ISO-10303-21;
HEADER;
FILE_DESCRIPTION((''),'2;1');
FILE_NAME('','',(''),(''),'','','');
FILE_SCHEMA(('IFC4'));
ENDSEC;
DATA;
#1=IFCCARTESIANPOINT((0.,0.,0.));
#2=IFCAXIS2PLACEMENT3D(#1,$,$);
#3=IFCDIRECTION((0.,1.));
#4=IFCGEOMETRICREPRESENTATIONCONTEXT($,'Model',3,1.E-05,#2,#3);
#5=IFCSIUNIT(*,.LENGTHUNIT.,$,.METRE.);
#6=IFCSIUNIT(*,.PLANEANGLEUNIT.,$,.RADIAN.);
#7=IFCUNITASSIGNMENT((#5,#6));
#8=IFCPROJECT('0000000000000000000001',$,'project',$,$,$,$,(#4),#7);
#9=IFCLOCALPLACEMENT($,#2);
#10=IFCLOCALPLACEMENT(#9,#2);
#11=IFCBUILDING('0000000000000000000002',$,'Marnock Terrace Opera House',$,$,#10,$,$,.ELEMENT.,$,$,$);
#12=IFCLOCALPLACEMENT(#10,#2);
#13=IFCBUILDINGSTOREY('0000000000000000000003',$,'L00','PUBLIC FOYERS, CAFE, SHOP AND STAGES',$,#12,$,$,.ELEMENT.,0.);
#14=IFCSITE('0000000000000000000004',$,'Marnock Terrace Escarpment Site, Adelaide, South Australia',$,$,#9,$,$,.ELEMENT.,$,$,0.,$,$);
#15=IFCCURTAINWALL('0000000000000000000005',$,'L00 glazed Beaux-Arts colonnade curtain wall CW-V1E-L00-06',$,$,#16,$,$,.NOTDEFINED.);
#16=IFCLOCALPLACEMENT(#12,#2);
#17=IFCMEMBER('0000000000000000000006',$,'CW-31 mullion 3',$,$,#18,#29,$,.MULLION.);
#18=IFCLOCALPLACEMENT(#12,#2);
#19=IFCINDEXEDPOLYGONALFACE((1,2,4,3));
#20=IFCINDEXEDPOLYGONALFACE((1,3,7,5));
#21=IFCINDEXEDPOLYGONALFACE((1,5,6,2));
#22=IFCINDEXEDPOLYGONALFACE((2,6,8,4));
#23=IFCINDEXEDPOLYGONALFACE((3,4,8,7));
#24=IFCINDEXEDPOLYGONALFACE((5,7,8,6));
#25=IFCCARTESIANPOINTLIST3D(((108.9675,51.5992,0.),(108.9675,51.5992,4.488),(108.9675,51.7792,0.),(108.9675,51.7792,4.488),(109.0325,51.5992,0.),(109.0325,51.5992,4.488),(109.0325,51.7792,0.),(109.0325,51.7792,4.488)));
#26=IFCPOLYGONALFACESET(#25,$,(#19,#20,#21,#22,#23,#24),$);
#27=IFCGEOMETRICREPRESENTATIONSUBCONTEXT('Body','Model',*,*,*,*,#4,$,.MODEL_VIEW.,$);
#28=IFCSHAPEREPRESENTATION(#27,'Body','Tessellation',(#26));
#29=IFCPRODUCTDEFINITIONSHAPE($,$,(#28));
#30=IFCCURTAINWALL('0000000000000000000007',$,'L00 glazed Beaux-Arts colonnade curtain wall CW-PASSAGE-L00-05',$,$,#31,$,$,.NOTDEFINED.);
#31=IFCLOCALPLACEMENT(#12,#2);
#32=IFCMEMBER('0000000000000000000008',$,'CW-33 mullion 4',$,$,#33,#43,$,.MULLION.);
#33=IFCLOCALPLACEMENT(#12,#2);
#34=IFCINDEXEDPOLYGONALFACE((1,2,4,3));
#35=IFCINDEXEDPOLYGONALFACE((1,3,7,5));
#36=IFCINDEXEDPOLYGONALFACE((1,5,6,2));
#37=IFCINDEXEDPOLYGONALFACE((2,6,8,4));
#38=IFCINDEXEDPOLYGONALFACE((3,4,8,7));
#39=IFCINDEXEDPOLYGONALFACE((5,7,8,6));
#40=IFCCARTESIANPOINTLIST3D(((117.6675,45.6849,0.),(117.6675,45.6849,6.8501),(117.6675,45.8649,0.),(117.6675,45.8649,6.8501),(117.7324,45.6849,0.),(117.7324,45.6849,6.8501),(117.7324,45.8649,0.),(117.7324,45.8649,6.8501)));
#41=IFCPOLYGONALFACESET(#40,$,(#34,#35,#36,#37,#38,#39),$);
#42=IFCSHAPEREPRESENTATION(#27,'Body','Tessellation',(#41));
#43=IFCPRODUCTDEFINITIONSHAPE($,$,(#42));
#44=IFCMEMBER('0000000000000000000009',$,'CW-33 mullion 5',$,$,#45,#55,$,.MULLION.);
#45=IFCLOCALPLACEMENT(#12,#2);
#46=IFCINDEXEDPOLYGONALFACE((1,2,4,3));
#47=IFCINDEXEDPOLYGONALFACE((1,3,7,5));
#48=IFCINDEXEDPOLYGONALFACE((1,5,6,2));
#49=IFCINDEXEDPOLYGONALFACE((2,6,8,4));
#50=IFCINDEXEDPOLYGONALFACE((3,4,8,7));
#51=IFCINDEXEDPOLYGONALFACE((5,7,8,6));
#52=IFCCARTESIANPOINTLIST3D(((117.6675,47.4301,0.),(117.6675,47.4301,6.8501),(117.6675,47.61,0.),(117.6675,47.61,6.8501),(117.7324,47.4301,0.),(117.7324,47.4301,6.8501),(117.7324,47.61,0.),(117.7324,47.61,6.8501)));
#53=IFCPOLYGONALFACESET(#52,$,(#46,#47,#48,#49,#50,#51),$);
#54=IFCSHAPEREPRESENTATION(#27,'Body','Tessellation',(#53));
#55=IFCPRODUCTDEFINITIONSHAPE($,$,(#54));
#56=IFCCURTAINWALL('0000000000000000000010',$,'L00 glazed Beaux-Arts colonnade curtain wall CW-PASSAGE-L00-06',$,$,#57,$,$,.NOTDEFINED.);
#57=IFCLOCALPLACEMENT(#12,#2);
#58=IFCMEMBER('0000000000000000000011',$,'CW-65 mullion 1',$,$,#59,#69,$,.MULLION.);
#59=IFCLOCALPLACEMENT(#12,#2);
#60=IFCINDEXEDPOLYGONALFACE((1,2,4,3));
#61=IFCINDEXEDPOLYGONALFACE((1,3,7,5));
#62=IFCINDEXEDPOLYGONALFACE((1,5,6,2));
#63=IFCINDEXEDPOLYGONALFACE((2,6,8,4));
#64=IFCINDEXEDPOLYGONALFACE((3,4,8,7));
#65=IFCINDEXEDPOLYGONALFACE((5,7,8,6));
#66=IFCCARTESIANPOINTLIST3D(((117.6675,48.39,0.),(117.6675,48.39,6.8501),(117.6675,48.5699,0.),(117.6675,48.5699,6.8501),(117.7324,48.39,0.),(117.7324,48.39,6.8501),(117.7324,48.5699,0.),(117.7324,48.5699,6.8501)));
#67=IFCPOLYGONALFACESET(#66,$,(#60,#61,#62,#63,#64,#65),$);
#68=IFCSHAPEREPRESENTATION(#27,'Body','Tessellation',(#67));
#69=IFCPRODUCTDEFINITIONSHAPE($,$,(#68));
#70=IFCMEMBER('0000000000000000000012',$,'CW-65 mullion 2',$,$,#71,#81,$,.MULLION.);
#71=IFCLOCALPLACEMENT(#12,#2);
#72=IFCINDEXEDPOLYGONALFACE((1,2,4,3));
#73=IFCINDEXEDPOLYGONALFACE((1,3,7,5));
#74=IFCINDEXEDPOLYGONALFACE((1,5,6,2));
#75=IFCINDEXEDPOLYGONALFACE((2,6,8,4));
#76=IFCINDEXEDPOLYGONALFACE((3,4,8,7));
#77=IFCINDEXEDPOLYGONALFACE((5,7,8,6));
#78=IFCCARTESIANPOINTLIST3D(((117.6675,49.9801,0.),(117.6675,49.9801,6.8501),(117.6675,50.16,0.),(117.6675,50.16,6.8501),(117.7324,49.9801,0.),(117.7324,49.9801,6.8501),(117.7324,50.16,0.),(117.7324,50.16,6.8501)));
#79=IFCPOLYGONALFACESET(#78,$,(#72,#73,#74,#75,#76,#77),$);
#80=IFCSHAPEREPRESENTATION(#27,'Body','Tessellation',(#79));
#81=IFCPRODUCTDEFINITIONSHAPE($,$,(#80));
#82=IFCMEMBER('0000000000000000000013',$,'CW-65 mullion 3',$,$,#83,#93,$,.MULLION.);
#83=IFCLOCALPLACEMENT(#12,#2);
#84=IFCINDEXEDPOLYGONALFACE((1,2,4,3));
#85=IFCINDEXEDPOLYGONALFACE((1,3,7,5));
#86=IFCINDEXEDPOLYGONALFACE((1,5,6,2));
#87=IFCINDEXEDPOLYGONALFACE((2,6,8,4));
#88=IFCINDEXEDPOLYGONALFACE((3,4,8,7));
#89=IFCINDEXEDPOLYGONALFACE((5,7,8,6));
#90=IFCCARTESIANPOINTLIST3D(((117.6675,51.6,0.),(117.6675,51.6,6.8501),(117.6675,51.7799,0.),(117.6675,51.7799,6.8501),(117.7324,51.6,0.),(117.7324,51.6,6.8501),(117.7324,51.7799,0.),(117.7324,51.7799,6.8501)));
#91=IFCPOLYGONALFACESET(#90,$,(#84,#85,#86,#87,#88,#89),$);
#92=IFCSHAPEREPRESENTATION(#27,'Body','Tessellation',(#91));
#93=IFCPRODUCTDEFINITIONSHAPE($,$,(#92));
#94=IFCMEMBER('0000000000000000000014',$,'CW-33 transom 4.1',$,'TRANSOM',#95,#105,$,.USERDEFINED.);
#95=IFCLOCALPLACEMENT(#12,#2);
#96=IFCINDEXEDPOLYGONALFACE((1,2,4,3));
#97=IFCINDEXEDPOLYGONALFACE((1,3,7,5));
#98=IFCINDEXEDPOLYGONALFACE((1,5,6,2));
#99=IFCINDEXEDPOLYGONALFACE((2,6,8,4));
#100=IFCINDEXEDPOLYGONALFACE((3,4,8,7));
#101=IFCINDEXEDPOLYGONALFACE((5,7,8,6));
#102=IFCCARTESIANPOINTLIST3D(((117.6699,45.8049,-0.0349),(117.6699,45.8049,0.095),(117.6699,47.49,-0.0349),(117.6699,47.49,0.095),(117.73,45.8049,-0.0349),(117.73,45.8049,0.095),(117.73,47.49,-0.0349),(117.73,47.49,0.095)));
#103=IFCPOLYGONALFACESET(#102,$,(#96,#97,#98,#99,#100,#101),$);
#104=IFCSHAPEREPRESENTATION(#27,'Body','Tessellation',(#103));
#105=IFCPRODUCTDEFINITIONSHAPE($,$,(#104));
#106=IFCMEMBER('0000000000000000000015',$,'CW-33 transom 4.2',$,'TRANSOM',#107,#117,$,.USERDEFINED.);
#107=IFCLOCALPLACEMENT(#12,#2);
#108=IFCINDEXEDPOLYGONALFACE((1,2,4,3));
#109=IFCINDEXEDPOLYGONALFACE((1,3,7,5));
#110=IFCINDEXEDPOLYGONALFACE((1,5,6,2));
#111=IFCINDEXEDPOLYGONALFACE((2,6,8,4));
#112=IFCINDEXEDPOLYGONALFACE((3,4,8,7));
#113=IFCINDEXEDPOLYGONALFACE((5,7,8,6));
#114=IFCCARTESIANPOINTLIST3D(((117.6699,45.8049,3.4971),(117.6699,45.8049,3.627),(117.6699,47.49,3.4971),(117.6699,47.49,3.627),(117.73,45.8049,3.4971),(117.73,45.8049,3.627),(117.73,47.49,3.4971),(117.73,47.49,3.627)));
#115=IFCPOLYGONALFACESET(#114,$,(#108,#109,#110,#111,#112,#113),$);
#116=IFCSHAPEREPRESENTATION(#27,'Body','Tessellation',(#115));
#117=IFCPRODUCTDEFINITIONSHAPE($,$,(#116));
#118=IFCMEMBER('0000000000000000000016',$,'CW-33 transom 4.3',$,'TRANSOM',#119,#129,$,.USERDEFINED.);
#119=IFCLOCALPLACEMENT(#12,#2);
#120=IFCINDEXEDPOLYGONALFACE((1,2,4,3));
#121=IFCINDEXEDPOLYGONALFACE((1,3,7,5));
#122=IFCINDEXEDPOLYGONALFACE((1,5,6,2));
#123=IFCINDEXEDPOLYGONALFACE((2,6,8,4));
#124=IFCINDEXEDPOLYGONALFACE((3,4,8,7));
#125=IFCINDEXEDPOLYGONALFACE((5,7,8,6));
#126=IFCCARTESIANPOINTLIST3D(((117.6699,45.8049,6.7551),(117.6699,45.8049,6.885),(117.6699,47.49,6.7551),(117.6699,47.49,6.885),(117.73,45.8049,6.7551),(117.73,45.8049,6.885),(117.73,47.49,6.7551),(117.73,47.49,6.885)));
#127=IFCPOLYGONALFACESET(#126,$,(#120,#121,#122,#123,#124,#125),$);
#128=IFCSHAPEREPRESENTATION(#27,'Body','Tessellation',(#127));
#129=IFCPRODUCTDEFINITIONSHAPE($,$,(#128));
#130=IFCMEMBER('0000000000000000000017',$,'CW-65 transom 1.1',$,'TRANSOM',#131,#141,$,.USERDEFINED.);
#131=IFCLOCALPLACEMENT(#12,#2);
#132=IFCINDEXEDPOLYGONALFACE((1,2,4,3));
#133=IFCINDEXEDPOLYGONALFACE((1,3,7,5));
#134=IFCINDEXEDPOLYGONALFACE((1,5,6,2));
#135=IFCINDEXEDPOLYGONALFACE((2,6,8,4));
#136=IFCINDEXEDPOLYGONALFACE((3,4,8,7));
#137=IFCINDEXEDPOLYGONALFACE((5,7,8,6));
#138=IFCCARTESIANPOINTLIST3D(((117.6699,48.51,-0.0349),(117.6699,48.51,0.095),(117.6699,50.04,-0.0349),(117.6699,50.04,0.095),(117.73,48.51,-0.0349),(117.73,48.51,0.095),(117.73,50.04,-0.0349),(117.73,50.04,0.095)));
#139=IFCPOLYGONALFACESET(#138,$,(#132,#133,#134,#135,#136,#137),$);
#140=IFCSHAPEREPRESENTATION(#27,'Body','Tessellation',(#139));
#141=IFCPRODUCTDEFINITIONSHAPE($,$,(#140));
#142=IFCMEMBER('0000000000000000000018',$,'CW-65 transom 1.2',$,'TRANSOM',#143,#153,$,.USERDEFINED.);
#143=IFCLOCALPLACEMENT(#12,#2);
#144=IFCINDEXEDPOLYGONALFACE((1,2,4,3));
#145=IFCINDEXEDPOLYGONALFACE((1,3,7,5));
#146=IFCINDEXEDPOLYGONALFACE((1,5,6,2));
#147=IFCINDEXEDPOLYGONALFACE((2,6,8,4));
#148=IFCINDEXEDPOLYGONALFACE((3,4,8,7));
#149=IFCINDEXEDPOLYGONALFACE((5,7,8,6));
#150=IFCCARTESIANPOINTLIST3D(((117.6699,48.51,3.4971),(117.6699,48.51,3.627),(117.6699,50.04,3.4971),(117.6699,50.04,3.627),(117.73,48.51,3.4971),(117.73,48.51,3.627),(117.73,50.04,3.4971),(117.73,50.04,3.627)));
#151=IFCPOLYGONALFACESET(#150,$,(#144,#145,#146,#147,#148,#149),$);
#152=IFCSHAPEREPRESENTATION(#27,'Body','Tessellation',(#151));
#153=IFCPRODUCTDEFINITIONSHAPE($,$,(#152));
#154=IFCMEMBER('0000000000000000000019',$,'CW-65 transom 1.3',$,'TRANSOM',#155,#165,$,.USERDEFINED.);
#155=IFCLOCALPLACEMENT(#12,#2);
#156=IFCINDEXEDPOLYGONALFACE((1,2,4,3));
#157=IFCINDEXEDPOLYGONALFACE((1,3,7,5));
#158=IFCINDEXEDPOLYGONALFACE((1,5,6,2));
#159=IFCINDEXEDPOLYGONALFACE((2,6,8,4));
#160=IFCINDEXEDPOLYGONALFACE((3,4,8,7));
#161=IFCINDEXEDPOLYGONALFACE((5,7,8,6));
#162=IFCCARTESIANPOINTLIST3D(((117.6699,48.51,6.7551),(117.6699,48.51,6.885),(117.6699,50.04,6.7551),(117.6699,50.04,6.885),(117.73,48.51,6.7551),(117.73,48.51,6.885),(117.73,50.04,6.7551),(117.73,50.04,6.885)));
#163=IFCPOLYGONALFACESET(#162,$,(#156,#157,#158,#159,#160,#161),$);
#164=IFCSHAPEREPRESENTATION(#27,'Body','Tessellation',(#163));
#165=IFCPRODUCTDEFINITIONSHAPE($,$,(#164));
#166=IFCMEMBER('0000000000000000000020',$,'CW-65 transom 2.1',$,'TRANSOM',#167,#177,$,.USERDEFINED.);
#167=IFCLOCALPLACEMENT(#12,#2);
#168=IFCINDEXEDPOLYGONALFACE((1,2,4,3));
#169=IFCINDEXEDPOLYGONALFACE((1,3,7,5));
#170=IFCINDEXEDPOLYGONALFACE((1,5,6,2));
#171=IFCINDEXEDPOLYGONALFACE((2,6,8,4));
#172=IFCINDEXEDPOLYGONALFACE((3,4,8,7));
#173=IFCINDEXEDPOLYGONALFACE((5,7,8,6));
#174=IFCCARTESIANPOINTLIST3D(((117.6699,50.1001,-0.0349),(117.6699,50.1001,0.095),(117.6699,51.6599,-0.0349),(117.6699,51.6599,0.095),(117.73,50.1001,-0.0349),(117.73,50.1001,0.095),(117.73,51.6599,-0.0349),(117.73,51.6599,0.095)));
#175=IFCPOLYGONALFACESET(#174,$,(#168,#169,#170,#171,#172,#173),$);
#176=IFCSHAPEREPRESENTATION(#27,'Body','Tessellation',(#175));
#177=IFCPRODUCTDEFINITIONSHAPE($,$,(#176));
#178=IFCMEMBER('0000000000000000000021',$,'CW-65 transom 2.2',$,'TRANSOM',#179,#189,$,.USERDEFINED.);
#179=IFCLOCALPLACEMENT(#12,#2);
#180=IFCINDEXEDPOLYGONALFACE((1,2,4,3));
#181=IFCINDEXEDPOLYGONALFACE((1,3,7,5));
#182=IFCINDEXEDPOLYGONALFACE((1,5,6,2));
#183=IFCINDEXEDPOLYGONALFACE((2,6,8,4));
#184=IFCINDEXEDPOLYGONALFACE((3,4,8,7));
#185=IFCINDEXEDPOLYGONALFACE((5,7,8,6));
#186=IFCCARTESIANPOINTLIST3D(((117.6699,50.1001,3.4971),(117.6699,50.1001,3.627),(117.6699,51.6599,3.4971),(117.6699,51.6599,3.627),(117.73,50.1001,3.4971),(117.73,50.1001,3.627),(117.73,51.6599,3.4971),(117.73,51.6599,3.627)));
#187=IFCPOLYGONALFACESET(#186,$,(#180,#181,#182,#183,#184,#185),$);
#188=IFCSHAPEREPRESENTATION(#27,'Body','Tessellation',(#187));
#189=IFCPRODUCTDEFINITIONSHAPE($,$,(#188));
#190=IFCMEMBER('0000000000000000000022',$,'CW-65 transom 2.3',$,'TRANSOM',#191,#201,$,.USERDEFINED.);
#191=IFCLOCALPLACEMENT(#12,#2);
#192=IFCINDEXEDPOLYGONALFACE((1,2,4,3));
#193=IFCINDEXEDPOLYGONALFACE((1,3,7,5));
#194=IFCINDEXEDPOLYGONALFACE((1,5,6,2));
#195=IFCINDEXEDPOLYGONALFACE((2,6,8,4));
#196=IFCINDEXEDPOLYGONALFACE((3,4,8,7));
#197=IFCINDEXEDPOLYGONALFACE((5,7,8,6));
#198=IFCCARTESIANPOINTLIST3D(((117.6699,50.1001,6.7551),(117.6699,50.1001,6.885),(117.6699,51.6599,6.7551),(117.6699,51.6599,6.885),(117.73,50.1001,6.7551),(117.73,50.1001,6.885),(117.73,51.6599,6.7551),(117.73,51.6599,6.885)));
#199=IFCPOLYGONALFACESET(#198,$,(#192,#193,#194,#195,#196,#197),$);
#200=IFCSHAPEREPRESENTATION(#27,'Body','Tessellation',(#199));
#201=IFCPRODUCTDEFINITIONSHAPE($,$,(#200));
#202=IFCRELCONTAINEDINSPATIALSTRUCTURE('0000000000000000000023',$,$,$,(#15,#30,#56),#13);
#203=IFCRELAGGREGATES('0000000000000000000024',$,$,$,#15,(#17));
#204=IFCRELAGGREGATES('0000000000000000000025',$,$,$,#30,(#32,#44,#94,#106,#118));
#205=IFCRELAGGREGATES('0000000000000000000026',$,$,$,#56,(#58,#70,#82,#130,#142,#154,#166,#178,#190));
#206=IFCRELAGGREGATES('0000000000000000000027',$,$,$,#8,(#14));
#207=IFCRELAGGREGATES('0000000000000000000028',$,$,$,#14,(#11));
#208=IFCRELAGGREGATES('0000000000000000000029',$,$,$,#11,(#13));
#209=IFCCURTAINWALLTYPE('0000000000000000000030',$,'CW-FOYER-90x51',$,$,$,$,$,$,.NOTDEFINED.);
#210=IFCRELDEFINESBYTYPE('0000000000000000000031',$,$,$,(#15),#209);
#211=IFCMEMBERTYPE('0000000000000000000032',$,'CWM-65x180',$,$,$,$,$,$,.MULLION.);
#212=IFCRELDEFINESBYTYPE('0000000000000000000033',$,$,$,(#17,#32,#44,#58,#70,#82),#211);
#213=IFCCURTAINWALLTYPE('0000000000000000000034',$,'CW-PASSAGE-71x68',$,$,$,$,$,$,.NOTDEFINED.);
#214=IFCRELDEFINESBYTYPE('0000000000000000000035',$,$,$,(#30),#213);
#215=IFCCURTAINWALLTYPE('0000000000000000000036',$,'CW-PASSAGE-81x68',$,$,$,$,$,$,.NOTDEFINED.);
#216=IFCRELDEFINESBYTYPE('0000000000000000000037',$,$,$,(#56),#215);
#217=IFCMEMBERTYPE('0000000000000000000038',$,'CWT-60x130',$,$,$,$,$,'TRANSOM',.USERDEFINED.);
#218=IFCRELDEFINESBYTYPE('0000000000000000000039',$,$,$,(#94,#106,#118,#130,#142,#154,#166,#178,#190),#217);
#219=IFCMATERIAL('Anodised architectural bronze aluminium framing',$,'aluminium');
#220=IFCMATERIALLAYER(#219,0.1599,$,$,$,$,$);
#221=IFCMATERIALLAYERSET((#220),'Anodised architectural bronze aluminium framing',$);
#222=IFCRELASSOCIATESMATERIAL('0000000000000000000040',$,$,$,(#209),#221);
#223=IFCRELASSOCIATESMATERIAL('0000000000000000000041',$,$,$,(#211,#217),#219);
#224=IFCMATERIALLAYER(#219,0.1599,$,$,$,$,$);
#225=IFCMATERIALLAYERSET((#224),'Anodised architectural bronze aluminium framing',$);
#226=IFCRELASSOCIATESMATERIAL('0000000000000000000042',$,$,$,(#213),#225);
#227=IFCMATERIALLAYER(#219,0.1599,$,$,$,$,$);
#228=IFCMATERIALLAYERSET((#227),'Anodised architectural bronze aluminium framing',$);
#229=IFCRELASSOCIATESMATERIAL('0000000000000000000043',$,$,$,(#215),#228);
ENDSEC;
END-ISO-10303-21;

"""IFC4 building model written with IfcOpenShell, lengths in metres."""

from ifc_helpers import new_model, si_unit, direction, frame, origin, origin_2d, place, context, subcontext, project, spatial, rectangle, extrude, material, layer, layer_set, material_profile, profile_set, type_object, element, aggregate, save


model = new_model("IFC4")

# Units and contexts
model_context = context("Model", 3, precision=1e-05, world=origin(), true_north=direction((0.0, 1.0)))
body_context = subcontext(model_context, "Body", "Model", "MODEL_VIEW")
ifc_project = project(units=[si_unit("LENGTHUNIT", "METRE"), si_unit("PLANEANGLEUNIT", "RADIAN")], contexts=[model_context])

# Site, building, storey
site_placement = place(None, origin())
site = spatial("IfcSite", under=ifc_project, at=site_placement, Name="Marnock Terrace Escarpment Site, Adelaide, South Australia", CompositionType="ELEMENT", RefElevation=0.0)
building_placement = place(site_placement, origin())
building = spatial("IfcBuilding", under=site, at=building_placement, Name="Marnock Terrace Opera House", CompositionType="ELEMENT")
storey_placement = place(building_placement, origin())
storey = spatial("IfcBuildingStorey", under=building, at=storey_placement, Name="L00", Description="PUBLIC FOYERS, CAFE, SHOP AND STAGES", CompositionType="ELEMENT", Elevation=0.0)

# Curtain wall, member
ifc_material_1 = material(Name="Anodised architectural bronze aluminium framing", Category="aluminium")
ifc_layer_1 = layer(ifc_material_1, 0.1599)
ifc_layer_set_1 = layer_set([ifc_layer_1], Name="Anodised architectural bronze aluminium framing")
curtain_wall_type_1 = type_object("IfcCurtainWallType", Name="CW-FOYER-90x51", PredefinedType="NOTDEFINED", material=ifc_layer_set_1)
curtain_wall_1_placement = place(storey_placement, origin())
curtain_wall_1 = element("IfcCurtainWall", 1, at=curtain_wall_1_placement, inside=storey, type_object=curtain_wall_type_1, Name="L00 glazed Beaux-Arts colonnade curtain wall CW-V1E-L00-06", PredefinedType="NOTDEFINED")
ifc_material_profile_1 = material_profile(ifc_material_1, rectangle(XDim=0.0649, YDim=0.1799, at=origin_2d()))
ifc_profile_set_1 = profile_set([ifc_material_profile_1], Name="Anodised architectural bronze aluminium framing")
member_type_1 = type_object("IfcMemberType", Name="CWM-65x180", PredefinedType="MULLION", material=ifc_profile_set_1)
member_1_placement = place(storey_placement, frame((109.0, 51.6892, 0.0), z_axis=(0.0, 0.0, 1.0), x_axis=(-1.0, 0.0, 0.0)))
member_1 = element("IfcMember", 2, at=member_1_placement, type_object=member_type_1, Name="CW-31 mullion 3", PredefinedType="MULLION", context=body_context, shape_type="SweptSolid", body=[
    extrude(rectangle(XDim=0.0649, YDim=0.1799, at=origin_2d()), origin(), (0.0, 0.0, 1.0), 4.488),
])
aggregate(curtain_wall_1, [member_1])

# Curtain walls, members
ifc_layer_2 = layer(ifc_material_1, 0.1599)
ifc_layer_set_2 = layer_set([ifc_layer_2], Name="Anodised architectural bronze aluminium framing")
curtain_wall_type_2 = type_object("IfcCurtainWallType", Name="CW-PASSAGE-71x68", PredefinedType="NOTDEFINED", material=ifc_layer_set_2)
curtain_wall_2_placement = place(storey_placement, origin())
curtain_wall_2 = element("IfcCurtainWall", 3, at=curtain_wall_2_placement, inside=storey, type_object=curtain_wall_type_2, Name="L00 glazed Beaux-Arts colonnade curtain wall CW-PASSAGE-L00-05", PredefinedType="NOTDEFINED")
member_2_placement = place(storey_placement, frame((117.7, 45.7749, 0.0), z_axis=(0.0, 0.0, 1.0), x_axis=(-1.0, 0.0, 0.0)))
member_2 = element("IfcMember", 4, at=member_2_placement, type_object=member_type_1, Name="CW-33 mullion 4", PredefinedType="MULLION", context=body_context, shape_type="SweptSolid", body=[
    extrude(rectangle(XDim=0.0649, YDim=0.1799, at=origin_2d()), origin(), (0.0, 0.0, 1.0), 6.8501),
])
member_3_placement = place(storey_placement, frame((117.7, 47.52, 0.0), z_axis=(0.0, 0.0, 1.0), x_axis=(-1.0, 0.0, 0.0)))
member_3 = element("IfcMember", 5, at=member_3_placement, type_object=member_type_1, Name="CW-33 mullion 5", PredefinedType="MULLION", context=body_context, shape_type="SweptSolid", body=[
    extrude(rectangle(XDim=0.0649, YDim=0.1799, at=origin_2d()), origin(), (0.0, 0.0, 1.0), 6.8501),
])
ifc_layer_3 = layer(ifc_material_1, 0.1599)
ifc_layer_set_3 = layer_set([ifc_layer_3], Name="Anodised architectural bronze aluminium framing")
curtain_wall_type_3 = type_object("IfcCurtainWallType", Name="CW-PASSAGE-81x68", PredefinedType="NOTDEFINED", material=ifc_layer_set_3)
curtain_wall_3_placement = place(storey_placement, origin())
curtain_wall_3 = element("IfcCurtainWall", 6, at=curtain_wall_3_placement, inside=storey, type_object=curtain_wall_type_3, Name="L00 glazed Beaux-Arts colonnade curtain wall CW-PASSAGE-L00-06", PredefinedType="NOTDEFINED")
member_4_placement = place(storey_placement, frame((117.7, 48.48, 0.0), z_axis=(0.0, 0.0, 1.0), x_axis=(-1.0, 0.0, 0.0)))
member_4 = element("IfcMember", 7, at=member_4_placement, type_object=member_type_1, Name="CW-65 mullion 1", PredefinedType="MULLION", context=body_context, shape_type="SweptSolid", body=[
    extrude(rectangle(XDim=0.0649, YDim=0.1799, at=origin_2d()), origin(), (0.0, 0.0, 1.0), 6.8501),
])
member_5_placement = place(storey_placement, frame((117.7, 50.0701, 0.0), z_axis=(0.0, 0.0, 1.0), x_axis=(-1.0, 0.0, 0.0)))
member_5 = element("IfcMember", 8, at=member_5_placement, type_object=member_type_1, Name="CW-65 mullion 2", PredefinedType="MULLION", context=body_context, shape_type="SweptSolid", body=[
    extrude(rectangle(XDim=0.0649, YDim=0.1799, at=origin_2d()), origin(), (0.0, 0.0, 1.0), 6.8501),
])
member_6_placement = place(storey_placement, frame((117.7, 51.6899, 0.0), z_axis=(0.0, 0.0, 1.0), x_axis=(-1.0, 0.0, 0.0)))
member_6 = element("IfcMember", 9, at=member_6_placement, type_object=member_type_1, Name="CW-65 mullion 3", PredefinedType="MULLION", context=body_context, shape_type="SweptSolid", body=[
    extrude(rectangle(XDim=0.0649, YDim=0.1799, at=origin_2d()), origin(), (0.0, 0.0, 1.0), 6.8501),
])

# Members
ifc_material_profile_2 = material_profile(ifc_material_1, rectangle(XDim=0.0601, YDim=0.1299, at=origin_2d()))
ifc_profile_set_2 = profile_set([ifc_material_profile_2], Name="Anodised architectural bronze aluminium framing")
member_type_2 = type_object("IfcMemberType", Name="CWT-60x130", ElementType="TRANSOM", PredefinedType="USERDEFINED", material=ifc_profile_set_2)
member_7_placement = place(storey_placement, frame((117.7, 45.8049, 0.03), z_axis=(0.0, 1.0, 0.0), x_axis=(-1.0, 0.0, 0.0)))
member_7 = element("IfcMember", 10, at=member_7_placement, type_object=member_type_2, Name="CW-33 transom 4.1", ObjectType="TRANSOM", PredefinedType="USERDEFINED", context=body_context, shape_type="SweptSolid", body=[
    extrude(rectangle(XDim=0.0601, YDim=0.1299, at=origin_2d()), origin(), (0.0, 0.0, 1.0), 1.6851),
])
member_8_placement = place(storey_placement, frame((117.7, 45.8049, 3.562), z_axis=(0.0, 1.0, 0.0), x_axis=(-1.0, 0.0, 0.0)))
member_8 = element("IfcMember", 11, at=member_8_placement, type_object=member_type_2, Name="CW-33 transom 4.2", ObjectType="TRANSOM", PredefinedType="USERDEFINED", context=body_context, shape_type="SweptSolid", body=[
    extrude(rectangle(XDim=0.0601, YDim=0.1299, at=origin_2d()), origin(), (0.0, 0.0, 1.0), 1.6851),
])
member_9_placement = place(storey_placement, frame((117.7, 45.8049, 6.8201), z_axis=(0.0, 1.0, 0.0), x_axis=(-1.0, 0.0, 0.0)))
member_9 = element("IfcMember", 12, at=member_9_placement, type_object=member_type_2, Name="CW-33 transom 4.3", ObjectType="TRANSOM", PredefinedType="USERDEFINED", context=body_context, shape_type="SweptSolid", body=[
    extrude(rectangle(XDim=0.0601, YDim=0.1299, at=origin_2d()), origin(), (0.0, 0.0, 1.0), 1.6851),
])
member_10_placement = place(storey_placement, frame((117.7, 48.51, 0.03), z_axis=(0.0, 1.0, 0.0), x_axis=(-1.0, 0.0, 0.0)))
member_10 = element("IfcMember", 13, at=member_10_placement, type_object=member_type_2, Name="CW-65 transom 1.1", ObjectType="TRANSOM", PredefinedType="USERDEFINED", context=body_context, shape_type="SweptSolid", body=[
    extrude(rectangle(XDim=0.0601, YDim=0.1299, at=origin_2d()), origin(), (0.0, 0.0, 1.0), 1.53),
])
member_11_placement = place(storey_placement, frame((117.7, 48.51, 3.562), z_axis=(0.0, 1.0, 0.0), x_axis=(-1.0, 0.0, 0.0)))
member_11 = element("IfcMember", 14, at=member_11_placement, type_object=member_type_2, Name="CW-65 transom 1.2", ObjectType="TRANSOM", PredefinedType="USERDEFINED", context=body_context, shape_type="SweptSolid", body=[
    extrude(rectangle(XDim=0.0601, YDim=0.1299, at=origin_2d()), origin(), (0.0, 0.0, 1.0), 1.53),
])
member_12_placement = place(storey_placement, frame((117.7, 48.51, 6.8201), z_axis=(0.0, 1.0, 0.0), x_axis=(-1.0, 0.0, 0.0)))
member_12 = element("IfcMember", 15, at=member_12_placement, type_object=member_type_2, Name="CW-65 transom 1.3", ObjectType="TRANSOM", PredefinedType="USERDEFINED", context=body_context, shape_type="SweptSolid", body=[
    extrude(rectangle(XDim=0.0601, YDim=0.1299, at=origin_2d()), origin(), (0.0, 0.0, 1.0), 1.53),
])
member_13_placement = place(storey_placement, frame((117.7, 50.1001, 0.03), z_axis=(0.0, 1.0, 0.0), x_axis=(-1.0, 0.0, 0.0)))
member_13 = element("IfcMember", 16, at=member_13_placement, type_object=member_type_2, Name="CW-65 transom 2.1", ObjectType="TRANSOM", PredefinedType="USERDEFINED", context=body_context, shape_type="SweptSolid", body=[
    extrude(rectangle(XDim=0.0601, YDim=0.1299, at=origin_2d()), origin(), (0.0, 0.0, 1.0), 1.5598),
])
member_14_placement = place(storey_placement, frame((117.7, 50.1001, 3.562), z_axis=(0.0, 1.0, 0.0), x_axis=(-1.0, 0.0, 0.0)))
member_14 = element("IfcMember", 17, at=member_14_placement, type_object=member_type_2, Name="CW-65 transom 2.2", ObjectType="TRANSOM", PredefinedType="USERDEFINED", context=body_context, shape_type="SweptSolid", body=[
    extrude(rectangle(XDim=0.0601, YDim=0.1299, at=origin_2d()), origin(), (0.0, 0.0, 1.0), 1.5598),
])
member_15_placement = place(storey_placement, frame((117.7, 50.1001, 6.8201), z_axis=(0.0, 1.0, 0.0), x_axis=(-1.0, 0.0, 0.0)))
member_15 = element("IfcMember", 18, at=member_15_placement, type_object=member_type_2, Name="CW-65 transom 2.3", ObjectType="TRANSOM", PredefinedType="USERDEFINED", context=body_context, shape_type="SweptSolid", body=[
    extrude(rectangle(XDim=0.0601, YDim=0.1299, at=origin_2d()), origin(), (0.0, 0.0, 1.0), 1.5598),
])

aggregate(curtain_wall_2, [member_2, member_3, member_7, member_8, member_9])
aggregate(curtain_wall_3, [member_4, member_5, member_6, member_10, member_11, member_12, member_13, member_14, member_15])

save(model, "model.ifc")
